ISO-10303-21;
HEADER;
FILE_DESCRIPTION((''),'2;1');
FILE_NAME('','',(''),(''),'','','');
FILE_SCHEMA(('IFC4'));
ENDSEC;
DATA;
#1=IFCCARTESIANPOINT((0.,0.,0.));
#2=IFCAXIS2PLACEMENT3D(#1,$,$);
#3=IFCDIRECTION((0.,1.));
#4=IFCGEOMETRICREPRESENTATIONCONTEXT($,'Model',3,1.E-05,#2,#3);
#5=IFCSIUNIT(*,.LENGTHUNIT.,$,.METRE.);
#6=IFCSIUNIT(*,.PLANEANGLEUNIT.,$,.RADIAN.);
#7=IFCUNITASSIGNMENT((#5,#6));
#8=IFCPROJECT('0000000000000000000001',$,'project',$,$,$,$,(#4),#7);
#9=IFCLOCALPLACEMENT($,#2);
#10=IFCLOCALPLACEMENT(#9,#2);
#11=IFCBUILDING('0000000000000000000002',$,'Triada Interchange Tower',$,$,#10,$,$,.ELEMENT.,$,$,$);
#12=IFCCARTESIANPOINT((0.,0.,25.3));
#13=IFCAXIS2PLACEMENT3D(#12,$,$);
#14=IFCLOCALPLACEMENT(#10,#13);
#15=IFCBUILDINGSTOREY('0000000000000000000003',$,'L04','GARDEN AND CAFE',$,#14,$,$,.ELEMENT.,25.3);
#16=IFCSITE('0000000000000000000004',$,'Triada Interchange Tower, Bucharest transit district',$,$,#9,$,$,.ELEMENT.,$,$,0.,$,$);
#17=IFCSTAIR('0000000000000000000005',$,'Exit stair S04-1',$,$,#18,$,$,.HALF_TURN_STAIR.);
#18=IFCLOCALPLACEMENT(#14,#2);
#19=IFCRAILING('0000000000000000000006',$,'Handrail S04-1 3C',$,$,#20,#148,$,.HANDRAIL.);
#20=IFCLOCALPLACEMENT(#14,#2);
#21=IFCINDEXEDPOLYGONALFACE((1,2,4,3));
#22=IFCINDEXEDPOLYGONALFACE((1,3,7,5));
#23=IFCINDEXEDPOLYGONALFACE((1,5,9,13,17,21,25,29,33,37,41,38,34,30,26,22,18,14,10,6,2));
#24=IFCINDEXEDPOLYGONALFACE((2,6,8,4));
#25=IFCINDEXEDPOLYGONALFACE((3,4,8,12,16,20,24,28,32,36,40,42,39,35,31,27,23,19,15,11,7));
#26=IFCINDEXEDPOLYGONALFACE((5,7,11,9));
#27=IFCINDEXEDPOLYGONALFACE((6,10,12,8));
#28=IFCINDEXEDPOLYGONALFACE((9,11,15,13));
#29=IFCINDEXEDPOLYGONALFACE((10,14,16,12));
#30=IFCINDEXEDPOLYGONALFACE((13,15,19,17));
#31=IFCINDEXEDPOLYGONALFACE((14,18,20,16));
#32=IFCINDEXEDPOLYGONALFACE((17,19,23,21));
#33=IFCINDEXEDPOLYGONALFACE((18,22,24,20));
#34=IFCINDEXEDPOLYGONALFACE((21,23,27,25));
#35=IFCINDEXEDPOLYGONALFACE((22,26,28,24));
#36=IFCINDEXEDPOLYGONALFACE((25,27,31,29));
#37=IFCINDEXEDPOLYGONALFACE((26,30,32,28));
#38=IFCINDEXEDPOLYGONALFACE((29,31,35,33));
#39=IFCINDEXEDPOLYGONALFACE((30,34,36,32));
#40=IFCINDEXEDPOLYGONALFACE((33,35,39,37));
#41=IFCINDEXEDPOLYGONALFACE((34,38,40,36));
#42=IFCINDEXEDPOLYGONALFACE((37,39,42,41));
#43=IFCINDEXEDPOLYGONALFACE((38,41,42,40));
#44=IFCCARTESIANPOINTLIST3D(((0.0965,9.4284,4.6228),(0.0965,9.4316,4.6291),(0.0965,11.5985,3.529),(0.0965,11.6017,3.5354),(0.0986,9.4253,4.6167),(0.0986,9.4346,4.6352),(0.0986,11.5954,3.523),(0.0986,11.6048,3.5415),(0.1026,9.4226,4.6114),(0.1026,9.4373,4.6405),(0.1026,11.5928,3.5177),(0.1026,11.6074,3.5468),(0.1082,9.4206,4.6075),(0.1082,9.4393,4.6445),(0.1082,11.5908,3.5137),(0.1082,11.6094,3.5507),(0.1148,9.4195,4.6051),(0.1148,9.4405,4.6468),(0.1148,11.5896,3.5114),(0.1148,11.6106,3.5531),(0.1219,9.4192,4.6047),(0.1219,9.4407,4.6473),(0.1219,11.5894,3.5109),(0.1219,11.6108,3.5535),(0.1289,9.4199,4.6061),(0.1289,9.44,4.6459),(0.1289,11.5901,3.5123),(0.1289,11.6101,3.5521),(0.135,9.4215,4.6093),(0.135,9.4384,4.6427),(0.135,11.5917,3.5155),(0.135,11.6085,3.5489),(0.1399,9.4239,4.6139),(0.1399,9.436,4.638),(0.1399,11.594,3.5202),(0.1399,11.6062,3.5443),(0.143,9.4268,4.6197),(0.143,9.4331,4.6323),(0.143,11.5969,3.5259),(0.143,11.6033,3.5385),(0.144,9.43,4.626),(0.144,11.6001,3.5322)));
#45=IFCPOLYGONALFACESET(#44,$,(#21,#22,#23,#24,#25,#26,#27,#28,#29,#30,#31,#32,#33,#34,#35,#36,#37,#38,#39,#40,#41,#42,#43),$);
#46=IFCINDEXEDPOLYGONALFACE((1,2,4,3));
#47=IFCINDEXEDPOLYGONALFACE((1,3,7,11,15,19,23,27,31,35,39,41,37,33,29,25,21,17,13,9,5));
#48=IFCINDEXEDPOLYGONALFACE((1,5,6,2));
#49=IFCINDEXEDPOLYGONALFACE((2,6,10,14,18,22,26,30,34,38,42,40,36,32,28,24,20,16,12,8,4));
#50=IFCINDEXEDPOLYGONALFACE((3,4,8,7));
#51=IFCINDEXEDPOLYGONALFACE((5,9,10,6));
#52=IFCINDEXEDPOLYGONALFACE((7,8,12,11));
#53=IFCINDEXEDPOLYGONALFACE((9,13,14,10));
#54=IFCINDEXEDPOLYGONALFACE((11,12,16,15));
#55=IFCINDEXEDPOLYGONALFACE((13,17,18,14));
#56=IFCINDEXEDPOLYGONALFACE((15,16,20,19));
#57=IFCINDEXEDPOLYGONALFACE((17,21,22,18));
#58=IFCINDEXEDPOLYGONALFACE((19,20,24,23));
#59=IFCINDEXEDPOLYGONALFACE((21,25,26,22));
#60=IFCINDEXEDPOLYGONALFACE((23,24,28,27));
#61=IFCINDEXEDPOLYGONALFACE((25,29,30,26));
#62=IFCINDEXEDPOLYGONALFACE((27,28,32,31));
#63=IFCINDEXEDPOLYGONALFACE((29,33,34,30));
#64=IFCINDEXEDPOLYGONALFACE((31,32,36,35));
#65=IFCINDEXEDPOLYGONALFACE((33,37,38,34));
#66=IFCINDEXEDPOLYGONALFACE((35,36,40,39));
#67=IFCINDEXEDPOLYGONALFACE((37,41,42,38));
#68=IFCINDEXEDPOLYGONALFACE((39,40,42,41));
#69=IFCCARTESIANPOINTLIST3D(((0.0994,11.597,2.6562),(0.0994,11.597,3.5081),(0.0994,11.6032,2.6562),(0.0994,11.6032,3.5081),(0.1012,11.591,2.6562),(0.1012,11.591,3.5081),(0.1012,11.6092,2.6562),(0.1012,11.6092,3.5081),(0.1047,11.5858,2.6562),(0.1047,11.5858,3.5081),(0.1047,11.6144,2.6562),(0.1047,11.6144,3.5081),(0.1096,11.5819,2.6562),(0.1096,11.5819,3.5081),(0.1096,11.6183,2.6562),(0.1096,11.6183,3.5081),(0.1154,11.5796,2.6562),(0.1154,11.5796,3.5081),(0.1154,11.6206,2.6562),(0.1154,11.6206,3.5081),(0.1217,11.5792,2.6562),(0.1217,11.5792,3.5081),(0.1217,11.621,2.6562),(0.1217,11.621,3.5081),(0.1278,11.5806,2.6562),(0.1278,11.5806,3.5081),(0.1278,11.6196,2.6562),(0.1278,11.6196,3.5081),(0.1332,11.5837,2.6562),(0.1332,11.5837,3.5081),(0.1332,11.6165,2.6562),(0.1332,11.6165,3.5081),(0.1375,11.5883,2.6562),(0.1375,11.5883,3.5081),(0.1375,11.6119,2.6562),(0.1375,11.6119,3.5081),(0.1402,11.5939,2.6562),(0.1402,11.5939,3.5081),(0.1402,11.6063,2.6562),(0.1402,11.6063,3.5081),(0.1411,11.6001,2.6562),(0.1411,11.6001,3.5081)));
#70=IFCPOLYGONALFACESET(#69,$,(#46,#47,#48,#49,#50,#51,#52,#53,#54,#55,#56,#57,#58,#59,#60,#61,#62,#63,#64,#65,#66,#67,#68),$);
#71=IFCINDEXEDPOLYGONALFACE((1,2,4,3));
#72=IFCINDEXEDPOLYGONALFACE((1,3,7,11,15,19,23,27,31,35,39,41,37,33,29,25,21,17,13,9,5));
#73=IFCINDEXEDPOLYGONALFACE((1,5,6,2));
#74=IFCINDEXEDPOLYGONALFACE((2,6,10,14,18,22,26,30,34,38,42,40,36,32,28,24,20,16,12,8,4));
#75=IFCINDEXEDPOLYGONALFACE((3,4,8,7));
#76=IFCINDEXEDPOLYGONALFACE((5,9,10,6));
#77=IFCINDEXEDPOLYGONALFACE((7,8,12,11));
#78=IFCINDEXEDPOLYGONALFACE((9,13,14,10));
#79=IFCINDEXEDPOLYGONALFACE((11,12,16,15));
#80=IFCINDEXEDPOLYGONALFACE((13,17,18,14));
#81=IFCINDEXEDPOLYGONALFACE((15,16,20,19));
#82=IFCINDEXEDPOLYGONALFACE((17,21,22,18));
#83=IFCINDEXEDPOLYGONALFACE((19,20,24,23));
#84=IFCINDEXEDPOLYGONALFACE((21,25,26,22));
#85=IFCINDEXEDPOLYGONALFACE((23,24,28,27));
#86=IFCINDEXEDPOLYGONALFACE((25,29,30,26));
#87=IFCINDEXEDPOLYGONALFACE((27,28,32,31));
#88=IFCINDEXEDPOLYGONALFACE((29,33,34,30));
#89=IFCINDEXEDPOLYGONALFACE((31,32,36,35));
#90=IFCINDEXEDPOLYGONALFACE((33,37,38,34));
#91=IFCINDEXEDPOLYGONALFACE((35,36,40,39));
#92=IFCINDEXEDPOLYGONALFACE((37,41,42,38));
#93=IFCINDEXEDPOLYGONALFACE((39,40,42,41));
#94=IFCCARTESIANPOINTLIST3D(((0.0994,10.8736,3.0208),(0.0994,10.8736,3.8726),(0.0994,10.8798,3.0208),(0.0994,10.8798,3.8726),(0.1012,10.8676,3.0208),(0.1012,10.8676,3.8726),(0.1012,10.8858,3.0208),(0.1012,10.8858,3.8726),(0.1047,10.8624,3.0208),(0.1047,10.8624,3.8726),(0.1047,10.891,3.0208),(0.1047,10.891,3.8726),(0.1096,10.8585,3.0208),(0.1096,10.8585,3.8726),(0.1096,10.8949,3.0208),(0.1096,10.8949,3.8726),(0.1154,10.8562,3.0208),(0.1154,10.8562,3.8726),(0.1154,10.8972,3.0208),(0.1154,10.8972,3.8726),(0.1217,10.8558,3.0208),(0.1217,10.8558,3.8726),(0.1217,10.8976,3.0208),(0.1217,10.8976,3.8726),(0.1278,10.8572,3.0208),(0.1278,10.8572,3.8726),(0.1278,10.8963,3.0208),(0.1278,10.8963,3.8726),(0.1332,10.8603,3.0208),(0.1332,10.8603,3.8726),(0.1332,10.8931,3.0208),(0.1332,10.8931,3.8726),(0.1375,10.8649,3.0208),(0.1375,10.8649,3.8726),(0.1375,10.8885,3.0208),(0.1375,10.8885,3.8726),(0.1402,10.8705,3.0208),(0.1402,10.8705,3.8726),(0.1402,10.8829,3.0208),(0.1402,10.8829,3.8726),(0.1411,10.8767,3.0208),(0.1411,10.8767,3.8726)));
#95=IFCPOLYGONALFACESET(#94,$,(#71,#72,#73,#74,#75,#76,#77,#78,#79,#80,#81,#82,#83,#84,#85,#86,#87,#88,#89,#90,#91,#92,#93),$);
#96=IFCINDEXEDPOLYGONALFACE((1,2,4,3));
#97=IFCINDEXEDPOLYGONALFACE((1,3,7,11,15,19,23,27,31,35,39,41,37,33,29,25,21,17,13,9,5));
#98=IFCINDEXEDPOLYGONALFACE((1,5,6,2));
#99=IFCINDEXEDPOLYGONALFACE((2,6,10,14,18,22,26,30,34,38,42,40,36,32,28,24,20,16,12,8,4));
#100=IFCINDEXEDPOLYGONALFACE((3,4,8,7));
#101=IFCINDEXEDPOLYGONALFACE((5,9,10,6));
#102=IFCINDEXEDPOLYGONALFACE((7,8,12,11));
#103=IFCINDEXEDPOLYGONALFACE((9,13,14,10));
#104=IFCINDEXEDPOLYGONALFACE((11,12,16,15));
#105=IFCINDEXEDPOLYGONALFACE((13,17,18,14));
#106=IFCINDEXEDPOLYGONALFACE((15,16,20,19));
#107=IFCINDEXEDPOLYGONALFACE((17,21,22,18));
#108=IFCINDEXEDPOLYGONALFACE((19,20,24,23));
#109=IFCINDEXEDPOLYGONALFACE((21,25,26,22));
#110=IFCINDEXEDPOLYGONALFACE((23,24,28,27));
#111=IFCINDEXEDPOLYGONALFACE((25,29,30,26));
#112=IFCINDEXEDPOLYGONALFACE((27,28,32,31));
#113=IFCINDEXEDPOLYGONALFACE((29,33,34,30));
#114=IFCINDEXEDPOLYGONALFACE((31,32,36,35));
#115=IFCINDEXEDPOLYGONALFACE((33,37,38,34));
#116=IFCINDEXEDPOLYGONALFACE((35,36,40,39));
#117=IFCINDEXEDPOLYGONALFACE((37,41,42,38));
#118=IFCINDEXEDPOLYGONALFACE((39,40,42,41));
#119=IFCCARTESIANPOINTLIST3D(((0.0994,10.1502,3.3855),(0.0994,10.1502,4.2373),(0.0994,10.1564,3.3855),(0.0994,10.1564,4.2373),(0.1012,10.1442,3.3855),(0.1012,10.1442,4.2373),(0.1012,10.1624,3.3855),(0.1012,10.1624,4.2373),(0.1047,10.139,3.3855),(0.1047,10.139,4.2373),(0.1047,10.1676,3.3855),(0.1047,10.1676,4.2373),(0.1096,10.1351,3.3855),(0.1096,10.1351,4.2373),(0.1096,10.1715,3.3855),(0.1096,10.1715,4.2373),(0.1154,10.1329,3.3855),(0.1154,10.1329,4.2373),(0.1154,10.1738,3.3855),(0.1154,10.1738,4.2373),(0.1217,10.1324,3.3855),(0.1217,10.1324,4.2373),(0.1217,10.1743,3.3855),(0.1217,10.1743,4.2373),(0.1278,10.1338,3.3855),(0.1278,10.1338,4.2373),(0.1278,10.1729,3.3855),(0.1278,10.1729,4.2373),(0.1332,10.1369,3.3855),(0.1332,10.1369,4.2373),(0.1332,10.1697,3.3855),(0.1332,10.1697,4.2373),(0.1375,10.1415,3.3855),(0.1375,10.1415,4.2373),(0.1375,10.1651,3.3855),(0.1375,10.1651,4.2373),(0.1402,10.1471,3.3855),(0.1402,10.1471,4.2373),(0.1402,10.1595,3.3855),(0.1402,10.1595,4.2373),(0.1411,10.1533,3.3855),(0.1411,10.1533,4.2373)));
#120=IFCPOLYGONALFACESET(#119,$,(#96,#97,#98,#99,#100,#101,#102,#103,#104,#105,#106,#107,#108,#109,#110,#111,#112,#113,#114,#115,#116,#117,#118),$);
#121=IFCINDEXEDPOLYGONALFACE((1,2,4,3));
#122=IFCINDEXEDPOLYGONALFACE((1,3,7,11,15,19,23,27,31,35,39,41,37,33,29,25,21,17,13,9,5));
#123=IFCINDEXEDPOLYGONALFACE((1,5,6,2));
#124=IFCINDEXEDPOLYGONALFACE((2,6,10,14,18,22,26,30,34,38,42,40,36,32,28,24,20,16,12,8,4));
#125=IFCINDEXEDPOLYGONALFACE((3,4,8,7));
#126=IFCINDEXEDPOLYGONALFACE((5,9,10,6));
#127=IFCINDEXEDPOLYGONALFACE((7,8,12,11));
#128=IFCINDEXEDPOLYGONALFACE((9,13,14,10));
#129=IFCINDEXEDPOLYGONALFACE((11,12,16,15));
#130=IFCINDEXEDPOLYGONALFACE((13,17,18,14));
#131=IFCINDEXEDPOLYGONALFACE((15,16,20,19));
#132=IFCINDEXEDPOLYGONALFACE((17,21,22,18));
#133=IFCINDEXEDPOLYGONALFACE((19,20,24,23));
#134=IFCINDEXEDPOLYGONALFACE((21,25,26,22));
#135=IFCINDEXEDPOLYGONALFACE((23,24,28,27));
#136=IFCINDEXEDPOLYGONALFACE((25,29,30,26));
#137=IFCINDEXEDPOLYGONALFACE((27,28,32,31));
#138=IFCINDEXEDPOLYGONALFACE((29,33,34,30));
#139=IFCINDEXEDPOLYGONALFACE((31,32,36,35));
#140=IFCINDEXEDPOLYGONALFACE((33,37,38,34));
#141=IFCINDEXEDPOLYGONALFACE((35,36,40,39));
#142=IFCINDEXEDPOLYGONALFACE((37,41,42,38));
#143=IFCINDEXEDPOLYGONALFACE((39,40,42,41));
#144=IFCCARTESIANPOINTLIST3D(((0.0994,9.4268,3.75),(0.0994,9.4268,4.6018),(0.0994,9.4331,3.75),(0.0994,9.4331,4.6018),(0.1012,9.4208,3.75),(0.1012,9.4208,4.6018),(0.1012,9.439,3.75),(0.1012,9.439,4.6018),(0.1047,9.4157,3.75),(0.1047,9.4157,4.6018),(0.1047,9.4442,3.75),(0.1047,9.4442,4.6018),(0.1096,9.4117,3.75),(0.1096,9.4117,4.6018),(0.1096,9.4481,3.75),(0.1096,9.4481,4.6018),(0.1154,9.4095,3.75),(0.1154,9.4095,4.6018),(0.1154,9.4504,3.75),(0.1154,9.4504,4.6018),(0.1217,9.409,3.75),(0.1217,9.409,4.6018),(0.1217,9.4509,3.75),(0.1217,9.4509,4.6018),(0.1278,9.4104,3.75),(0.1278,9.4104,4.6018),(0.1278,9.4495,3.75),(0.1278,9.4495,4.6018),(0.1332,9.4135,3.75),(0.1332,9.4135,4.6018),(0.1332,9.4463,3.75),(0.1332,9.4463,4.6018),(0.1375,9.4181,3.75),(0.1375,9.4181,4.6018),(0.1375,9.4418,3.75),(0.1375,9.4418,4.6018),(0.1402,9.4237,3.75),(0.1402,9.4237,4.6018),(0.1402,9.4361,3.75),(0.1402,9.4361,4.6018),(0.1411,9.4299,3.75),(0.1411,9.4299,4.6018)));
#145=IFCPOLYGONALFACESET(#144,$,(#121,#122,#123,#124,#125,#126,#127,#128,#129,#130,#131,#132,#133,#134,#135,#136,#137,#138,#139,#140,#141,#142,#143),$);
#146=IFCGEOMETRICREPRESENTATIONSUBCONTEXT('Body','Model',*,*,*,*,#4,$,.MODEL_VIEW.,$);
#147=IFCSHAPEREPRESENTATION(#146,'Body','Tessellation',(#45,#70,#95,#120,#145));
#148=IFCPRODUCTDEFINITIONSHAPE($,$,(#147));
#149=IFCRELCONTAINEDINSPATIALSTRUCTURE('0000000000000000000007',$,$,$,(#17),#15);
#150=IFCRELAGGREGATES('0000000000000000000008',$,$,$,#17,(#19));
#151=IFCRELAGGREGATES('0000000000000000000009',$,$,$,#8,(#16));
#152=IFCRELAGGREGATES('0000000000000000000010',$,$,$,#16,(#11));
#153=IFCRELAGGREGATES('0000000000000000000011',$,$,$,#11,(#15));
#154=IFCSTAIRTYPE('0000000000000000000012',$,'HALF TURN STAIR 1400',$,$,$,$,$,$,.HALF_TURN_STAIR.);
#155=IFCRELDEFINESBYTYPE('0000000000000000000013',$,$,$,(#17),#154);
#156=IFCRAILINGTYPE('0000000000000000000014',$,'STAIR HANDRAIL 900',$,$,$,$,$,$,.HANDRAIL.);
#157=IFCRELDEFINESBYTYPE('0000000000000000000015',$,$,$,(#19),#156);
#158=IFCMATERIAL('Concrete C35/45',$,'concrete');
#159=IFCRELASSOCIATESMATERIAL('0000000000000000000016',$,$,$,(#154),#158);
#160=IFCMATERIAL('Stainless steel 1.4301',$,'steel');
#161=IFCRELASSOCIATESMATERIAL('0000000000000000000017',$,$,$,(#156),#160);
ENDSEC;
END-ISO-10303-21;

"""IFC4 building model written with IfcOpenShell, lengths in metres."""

from ifc_helpers import new_model, si_unit, direction, frame, origin, origin_2d, place, context, subcontext, project, spatial, circle, extrude, material, type_object, element, aggregate, save


model = new_model("IFC4")

# Units and contexts
model_context = context("Model", 3, precision=1e-05, world=origin(), true_north=direction((0.0, 1.0)))
body_context = subcontext(model_context, "Body", "Model", "MODEL_VIEW")
ifc_project = project(units=[si_unit("LENGTHUNIT", "METRE"), si_unit("PLANEANGLEUNIT", "RADIAN")], contexts=[model_context])

# Site, building, storey
site_placement = place(None, origin())
site = spatial("IfcSite", under=ifc_project, at=site_placement, Name="Triada Interchange Tower, Bucharest transit district", CompositionType="ELEMENT", RefElevation=0.0)
building_placement = place(site_placement, origin())
building = spatial("IfcBuilding", under=site, at=building_placement, Name="Triada Interchange Tower", CompositionType="ELEMENT")
storey_placement = place(building_placement, frame((0.0, 0.0, 25.3)))
storey = spatial("IfcBuildingStorey", under=building, at=storey_placement, Name="L04", Description="GARDEN AND CAFE", CompositionType="ELEMENT", Elevation=25.3)

# Shared definitions
ifc_material_1 = material(Name="Concrete C35/45", Category="concrete")

# Stair, railing
stair_type = type_object("IfcStairType", Name="HALF TURN STAIR 1400", PredefinedType="HALF_TURN_STAIR", material=ifc_material_1)
stair_placement = place(storey_placement, origin())
stair = element("IfcStair", 1, at=stair_placement, inside=storey, type_object=stair_type, Name="Exit stair S04-1", PredefinedType="HALF_TURN_STAIR")
ifc_material_2 = material(Name="Stainless steel 1.4301", Category="steel")
railing_type_1 = type_object("IfcRailingType", Name="STAIR HANDRAIL 900", PredefinedType="HANDRAIL", material=ifc_material_2)
railing_1_placement = place(storey_placement, frame((0.1201, 11.6001, 2.6562)))
railing_1 = element("IfcRailing", 2, at=railing_1_placement, type_object=railing_type_1, Name="Handrail S04-1 3C", PredefinedType="HANDRAIL", context=body_context, shape_type="SweptSolid", body=[
    extrude(circle(Radius=0.0239, at=origin_2d()), frame((0.0, 0.0, 0.876), z_axis=(0.0, -0.892996, 0.450064), x_axis=(1.0, 0.0, 0.0)), (0.0, 0.0, 1.0), 2.4302),
    extrude(circle(Radius=0.021, at=origin_2d()), origin(), (0.0, 0.0, 1.0), 0.8518),
    extrude(circle(Radius=0.021, at=origin_2d()), frame((0.0, -0.7234, 0.3645)), (0.0, 0.0, 1.0), 0.8518),
    extrude(circle(Radius=0.021, at=origin_2d()), frame((0.0, -1.4468, 0.7292)), (0.0, 0.0, 1.0), 0.8518),
    extrude(circle(Radius=0.021, at=origin_2d()), frame((0.0, -2.1702, 1.0938)), (0.0, 0.0, 1.0), 0.8518),
])
aggregate(stair, [railing_1])

save(model, "model.ifc")
